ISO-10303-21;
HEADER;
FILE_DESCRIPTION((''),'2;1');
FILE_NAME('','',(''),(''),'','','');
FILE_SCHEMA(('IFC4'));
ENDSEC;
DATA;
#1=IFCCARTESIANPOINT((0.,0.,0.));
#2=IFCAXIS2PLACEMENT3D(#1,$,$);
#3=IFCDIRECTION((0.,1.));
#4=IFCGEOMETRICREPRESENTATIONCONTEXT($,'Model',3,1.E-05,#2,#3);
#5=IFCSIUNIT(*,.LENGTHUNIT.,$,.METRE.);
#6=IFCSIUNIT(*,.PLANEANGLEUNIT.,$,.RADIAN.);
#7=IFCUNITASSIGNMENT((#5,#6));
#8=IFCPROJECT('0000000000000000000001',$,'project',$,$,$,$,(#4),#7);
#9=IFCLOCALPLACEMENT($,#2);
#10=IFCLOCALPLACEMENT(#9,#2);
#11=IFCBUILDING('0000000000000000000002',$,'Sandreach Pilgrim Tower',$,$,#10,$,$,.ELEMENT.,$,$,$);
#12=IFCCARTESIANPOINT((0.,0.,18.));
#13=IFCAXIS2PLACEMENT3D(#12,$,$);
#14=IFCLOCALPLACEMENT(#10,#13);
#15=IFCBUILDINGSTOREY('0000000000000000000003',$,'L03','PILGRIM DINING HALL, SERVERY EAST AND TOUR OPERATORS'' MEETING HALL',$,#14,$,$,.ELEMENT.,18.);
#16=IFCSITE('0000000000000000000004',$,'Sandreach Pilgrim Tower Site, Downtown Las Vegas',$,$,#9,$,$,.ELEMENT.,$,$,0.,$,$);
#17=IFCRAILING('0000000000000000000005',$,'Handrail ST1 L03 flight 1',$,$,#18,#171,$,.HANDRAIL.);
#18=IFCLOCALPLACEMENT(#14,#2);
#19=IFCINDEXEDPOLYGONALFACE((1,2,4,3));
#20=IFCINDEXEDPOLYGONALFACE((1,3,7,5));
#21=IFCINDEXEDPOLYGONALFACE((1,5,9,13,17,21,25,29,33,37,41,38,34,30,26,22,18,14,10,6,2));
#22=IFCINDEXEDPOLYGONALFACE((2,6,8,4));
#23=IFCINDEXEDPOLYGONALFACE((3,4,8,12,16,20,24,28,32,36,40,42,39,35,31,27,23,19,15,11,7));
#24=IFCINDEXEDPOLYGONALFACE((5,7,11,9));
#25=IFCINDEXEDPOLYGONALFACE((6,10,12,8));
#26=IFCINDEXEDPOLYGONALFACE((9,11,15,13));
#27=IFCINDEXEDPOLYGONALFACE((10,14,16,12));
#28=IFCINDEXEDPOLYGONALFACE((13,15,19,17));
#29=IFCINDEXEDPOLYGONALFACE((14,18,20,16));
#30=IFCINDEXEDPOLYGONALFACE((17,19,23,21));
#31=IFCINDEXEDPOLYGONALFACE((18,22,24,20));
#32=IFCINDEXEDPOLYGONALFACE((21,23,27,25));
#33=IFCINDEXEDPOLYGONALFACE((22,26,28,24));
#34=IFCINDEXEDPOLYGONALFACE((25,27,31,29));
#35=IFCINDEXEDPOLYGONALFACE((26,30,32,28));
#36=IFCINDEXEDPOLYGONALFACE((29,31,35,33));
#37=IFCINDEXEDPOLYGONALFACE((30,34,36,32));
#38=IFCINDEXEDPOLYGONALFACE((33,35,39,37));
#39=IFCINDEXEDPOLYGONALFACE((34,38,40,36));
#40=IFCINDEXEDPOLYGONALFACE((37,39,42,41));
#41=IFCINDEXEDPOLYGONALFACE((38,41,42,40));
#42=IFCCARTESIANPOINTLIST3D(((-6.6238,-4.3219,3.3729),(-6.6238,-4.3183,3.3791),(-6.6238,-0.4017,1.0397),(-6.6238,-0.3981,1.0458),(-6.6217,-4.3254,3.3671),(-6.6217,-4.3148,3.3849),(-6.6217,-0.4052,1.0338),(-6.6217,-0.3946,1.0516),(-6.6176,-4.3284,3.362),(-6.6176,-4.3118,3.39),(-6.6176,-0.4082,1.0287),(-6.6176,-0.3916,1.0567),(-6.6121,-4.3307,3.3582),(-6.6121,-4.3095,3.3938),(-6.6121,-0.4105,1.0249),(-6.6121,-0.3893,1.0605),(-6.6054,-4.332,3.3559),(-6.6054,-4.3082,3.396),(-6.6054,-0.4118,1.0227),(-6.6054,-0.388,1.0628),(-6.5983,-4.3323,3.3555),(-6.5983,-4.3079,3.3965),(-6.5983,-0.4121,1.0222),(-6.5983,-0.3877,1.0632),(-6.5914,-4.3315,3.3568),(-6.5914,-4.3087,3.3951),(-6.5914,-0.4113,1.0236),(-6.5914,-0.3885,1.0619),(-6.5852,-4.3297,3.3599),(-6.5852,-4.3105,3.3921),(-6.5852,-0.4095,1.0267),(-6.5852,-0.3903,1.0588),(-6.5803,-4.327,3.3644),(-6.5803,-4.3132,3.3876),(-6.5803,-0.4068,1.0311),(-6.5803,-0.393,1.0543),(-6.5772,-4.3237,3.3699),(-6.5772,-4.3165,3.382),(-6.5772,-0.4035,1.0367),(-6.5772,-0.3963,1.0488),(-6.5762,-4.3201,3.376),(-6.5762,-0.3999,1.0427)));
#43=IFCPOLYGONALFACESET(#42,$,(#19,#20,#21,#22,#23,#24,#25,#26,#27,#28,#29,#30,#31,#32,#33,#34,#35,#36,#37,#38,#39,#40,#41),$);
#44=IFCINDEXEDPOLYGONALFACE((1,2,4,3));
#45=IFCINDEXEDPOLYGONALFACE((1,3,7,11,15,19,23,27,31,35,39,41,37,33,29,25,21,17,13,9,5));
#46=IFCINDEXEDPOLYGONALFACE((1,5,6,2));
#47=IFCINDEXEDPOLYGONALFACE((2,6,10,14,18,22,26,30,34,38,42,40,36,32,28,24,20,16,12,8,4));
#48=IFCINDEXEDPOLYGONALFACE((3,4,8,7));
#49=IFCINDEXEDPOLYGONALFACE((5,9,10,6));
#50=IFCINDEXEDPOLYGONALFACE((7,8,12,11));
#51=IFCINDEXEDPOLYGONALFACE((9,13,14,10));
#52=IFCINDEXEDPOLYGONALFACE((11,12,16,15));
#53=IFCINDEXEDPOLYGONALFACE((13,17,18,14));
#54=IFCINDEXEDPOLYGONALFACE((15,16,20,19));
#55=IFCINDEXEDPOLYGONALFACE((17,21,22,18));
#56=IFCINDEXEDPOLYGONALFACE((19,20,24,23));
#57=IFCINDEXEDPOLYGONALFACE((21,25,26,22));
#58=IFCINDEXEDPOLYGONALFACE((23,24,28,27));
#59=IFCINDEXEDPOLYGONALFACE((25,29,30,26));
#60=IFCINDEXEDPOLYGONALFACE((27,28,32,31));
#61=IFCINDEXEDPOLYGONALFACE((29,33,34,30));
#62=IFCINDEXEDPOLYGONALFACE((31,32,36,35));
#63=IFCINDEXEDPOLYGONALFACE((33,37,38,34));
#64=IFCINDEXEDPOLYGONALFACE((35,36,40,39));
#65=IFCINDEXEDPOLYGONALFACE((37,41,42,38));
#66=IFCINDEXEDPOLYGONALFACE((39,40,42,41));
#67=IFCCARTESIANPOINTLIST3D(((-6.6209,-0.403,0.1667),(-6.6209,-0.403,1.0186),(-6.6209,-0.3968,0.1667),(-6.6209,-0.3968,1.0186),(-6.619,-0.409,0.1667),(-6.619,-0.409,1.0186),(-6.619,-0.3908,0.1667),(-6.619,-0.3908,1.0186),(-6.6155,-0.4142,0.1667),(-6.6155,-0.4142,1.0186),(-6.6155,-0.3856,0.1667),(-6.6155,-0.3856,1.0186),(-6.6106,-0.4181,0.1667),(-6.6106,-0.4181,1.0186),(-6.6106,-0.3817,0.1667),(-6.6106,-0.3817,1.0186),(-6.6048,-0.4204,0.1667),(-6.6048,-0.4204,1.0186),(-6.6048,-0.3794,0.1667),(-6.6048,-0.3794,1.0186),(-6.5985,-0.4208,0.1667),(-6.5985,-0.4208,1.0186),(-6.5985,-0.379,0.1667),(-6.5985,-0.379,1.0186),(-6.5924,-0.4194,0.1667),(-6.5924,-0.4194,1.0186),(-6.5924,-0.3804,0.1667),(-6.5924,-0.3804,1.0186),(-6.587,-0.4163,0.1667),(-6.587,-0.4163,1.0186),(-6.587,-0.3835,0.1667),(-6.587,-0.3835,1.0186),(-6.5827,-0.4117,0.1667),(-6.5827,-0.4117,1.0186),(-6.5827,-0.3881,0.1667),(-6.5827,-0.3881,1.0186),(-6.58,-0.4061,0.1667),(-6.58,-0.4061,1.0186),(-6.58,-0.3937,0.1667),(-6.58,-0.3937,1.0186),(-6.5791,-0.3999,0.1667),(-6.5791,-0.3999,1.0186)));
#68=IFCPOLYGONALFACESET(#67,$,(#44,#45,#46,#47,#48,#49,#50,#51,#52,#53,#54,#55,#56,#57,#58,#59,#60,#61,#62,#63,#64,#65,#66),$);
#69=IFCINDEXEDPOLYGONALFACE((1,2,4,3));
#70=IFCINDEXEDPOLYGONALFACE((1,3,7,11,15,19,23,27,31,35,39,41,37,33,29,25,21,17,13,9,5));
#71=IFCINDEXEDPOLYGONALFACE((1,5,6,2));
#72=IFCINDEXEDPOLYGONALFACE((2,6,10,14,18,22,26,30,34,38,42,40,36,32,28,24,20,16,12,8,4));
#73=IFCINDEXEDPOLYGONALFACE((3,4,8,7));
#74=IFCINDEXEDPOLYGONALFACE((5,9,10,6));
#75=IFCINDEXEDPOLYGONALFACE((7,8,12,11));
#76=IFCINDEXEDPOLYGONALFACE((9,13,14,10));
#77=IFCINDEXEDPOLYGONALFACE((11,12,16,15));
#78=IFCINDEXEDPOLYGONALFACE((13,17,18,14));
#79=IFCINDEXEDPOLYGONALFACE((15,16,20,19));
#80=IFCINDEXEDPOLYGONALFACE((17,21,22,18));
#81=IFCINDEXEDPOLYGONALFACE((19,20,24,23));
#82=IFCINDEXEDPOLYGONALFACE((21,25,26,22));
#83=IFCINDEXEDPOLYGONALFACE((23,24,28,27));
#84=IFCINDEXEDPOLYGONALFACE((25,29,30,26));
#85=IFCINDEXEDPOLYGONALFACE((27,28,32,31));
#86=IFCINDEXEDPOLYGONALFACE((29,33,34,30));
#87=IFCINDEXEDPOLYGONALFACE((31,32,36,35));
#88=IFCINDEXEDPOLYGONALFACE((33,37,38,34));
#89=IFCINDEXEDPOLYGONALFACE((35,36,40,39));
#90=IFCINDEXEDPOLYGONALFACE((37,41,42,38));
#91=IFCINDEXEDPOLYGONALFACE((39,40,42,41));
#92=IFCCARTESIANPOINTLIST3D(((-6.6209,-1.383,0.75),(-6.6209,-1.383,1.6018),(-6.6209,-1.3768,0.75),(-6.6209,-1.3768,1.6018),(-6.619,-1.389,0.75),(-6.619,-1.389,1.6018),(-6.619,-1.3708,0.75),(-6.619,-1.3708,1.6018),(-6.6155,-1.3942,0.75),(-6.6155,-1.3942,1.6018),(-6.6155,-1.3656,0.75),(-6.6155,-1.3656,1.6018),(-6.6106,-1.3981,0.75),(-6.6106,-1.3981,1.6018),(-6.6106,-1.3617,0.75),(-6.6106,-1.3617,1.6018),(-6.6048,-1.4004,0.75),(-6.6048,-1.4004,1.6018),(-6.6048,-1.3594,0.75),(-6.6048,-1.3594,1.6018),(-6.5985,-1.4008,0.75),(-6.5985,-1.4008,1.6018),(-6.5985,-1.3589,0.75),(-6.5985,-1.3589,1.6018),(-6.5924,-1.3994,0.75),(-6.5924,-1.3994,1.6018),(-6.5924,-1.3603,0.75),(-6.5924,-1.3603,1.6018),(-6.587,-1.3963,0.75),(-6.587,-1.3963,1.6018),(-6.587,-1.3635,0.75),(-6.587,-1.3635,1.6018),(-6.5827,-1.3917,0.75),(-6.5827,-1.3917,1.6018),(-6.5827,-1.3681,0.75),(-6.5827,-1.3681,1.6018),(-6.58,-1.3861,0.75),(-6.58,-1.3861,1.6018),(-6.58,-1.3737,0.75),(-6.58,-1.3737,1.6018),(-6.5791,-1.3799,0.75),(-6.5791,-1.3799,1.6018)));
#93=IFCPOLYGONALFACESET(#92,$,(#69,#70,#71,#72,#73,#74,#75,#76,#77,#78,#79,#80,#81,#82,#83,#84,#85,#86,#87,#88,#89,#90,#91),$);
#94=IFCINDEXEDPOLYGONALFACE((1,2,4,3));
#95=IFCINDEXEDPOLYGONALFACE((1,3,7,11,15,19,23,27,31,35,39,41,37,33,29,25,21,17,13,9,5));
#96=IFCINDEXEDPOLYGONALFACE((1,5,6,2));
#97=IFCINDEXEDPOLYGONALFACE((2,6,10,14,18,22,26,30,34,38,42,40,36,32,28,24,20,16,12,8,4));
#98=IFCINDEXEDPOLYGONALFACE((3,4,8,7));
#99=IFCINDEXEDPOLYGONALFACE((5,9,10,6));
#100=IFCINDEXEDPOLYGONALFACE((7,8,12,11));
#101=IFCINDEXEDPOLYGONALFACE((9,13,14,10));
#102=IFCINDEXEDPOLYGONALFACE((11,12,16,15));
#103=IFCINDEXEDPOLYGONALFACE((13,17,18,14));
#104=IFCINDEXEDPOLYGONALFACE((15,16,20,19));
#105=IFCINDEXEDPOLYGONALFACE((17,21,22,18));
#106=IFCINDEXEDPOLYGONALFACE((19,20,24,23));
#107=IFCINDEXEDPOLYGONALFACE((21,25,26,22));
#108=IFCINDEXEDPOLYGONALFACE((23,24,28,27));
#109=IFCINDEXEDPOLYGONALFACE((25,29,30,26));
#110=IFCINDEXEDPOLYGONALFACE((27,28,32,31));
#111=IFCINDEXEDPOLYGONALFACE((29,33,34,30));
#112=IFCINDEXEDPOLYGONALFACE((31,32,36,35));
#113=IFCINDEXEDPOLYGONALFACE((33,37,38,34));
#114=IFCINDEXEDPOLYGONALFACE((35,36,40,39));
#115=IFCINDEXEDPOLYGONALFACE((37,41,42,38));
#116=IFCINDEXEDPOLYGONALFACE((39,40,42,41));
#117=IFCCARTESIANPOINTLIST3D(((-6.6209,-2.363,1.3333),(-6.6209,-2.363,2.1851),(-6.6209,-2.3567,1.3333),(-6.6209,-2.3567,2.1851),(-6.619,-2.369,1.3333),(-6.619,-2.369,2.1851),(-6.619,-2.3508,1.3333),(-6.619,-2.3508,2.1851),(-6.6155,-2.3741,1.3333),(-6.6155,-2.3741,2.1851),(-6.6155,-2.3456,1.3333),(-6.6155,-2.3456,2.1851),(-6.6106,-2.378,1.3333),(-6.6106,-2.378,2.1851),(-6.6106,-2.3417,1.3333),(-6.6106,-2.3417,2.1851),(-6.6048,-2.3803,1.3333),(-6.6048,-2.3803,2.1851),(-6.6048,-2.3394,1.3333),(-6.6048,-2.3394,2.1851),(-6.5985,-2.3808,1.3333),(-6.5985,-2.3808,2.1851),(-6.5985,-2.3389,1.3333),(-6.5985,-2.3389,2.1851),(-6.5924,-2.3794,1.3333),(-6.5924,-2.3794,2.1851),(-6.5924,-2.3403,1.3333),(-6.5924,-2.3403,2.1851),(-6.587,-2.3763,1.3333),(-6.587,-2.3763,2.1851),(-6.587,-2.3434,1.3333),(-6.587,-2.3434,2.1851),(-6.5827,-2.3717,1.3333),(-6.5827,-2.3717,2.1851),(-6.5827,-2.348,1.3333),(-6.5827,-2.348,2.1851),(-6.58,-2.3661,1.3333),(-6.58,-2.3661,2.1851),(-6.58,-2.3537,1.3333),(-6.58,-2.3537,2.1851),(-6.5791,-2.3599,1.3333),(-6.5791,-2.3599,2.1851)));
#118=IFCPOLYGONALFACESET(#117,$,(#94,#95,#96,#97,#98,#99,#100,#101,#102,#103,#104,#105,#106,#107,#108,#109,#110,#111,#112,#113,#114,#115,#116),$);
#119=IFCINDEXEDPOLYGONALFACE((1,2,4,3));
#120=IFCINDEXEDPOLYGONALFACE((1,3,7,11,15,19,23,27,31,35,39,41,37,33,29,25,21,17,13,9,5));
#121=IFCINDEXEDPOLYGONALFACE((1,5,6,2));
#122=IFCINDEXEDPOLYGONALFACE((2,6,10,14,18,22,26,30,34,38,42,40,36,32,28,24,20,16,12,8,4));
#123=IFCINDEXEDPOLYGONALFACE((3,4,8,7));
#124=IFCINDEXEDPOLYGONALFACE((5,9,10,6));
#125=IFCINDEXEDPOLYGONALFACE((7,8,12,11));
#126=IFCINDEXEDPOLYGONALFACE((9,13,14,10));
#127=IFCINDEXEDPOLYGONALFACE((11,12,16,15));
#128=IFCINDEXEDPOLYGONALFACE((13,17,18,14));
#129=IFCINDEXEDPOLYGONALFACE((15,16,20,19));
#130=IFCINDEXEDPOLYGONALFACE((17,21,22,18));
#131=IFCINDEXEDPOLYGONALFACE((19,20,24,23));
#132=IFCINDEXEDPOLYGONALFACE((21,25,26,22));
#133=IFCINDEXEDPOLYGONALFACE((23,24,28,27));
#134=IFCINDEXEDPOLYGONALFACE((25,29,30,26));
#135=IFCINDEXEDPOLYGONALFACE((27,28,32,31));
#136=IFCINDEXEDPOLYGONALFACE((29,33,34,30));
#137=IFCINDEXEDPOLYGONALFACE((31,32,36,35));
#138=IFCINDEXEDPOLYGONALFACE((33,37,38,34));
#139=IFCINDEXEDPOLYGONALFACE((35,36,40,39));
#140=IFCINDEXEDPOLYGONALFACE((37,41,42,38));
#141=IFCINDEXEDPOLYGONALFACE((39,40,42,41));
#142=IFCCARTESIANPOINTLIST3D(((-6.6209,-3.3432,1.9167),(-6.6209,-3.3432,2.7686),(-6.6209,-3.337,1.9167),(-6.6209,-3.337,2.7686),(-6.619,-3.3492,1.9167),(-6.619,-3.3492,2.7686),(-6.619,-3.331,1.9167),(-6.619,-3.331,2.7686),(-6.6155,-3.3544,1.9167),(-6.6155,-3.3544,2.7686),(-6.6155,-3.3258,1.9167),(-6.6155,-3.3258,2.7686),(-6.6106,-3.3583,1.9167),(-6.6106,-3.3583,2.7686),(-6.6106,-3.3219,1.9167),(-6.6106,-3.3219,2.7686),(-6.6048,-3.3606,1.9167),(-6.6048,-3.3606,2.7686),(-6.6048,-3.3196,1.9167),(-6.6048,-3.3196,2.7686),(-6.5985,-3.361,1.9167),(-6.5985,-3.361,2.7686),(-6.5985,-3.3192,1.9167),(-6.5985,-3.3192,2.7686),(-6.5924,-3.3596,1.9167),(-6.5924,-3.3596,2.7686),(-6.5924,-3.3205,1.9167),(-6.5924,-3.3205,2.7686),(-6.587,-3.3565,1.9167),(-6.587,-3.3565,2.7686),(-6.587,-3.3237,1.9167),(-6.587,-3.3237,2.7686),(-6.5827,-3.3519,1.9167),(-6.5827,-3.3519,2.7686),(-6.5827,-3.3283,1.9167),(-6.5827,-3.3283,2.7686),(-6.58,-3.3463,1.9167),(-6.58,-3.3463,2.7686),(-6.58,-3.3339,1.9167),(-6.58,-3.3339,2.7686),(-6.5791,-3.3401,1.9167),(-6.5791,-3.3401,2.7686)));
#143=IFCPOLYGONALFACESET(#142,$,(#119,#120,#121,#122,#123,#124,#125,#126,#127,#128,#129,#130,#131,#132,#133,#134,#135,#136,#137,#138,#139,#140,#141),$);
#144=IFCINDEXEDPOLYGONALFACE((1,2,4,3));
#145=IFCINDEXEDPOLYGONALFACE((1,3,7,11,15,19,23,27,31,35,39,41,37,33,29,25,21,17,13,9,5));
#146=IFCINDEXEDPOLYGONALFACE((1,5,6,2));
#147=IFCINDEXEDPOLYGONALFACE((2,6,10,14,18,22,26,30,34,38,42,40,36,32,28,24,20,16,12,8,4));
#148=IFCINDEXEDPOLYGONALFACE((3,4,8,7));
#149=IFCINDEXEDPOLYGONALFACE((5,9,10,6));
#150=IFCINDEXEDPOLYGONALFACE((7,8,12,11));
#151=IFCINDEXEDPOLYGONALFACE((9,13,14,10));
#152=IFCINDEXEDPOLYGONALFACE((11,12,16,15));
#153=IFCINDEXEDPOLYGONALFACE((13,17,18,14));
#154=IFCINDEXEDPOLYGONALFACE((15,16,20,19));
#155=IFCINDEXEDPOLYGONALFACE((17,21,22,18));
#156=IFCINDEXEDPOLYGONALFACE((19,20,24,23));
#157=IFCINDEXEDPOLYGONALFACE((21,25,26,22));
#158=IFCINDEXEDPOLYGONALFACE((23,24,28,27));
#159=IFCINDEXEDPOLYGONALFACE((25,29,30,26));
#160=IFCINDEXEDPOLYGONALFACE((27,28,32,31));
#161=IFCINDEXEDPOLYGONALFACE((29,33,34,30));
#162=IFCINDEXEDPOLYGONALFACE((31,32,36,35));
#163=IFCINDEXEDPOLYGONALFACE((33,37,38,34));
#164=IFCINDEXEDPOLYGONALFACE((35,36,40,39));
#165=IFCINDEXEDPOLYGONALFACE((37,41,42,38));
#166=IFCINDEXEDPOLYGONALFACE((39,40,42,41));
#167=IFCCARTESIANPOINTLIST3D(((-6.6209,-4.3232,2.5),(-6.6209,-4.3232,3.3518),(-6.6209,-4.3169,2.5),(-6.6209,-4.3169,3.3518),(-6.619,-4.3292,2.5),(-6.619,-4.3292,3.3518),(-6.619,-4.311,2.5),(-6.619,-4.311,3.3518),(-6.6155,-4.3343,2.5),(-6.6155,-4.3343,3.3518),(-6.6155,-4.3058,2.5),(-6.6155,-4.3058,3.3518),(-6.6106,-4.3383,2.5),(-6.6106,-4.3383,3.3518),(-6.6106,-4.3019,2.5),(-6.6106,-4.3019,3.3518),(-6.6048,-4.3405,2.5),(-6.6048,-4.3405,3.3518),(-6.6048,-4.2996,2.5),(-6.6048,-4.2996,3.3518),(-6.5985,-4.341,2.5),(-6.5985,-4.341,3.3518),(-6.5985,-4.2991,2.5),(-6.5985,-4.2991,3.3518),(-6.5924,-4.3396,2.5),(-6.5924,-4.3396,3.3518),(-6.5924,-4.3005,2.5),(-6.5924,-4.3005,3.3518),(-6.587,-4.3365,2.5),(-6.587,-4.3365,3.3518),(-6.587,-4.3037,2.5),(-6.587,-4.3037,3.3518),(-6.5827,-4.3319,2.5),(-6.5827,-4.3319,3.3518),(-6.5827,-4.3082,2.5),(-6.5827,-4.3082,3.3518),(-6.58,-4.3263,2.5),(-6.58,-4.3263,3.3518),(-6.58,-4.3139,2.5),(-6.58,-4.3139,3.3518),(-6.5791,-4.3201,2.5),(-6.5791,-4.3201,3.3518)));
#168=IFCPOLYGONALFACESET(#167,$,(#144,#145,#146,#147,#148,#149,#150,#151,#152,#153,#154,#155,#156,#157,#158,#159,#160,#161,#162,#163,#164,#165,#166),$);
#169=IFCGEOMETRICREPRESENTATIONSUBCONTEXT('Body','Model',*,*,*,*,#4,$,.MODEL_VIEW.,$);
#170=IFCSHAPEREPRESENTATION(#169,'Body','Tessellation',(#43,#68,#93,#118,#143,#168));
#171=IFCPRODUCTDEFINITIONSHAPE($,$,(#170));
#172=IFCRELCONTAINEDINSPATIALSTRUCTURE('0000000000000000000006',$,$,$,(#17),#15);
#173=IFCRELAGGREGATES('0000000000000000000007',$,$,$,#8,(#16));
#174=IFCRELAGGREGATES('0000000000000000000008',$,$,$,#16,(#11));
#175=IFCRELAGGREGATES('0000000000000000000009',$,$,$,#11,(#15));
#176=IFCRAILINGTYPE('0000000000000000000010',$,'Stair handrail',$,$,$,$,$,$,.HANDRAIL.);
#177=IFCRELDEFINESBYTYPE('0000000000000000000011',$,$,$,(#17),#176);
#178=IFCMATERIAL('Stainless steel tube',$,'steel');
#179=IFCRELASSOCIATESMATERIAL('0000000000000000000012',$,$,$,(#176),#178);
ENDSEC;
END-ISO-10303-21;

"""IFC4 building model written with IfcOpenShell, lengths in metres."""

from ifc_helpers import new_model, si_unit, direction, frame, origin, origin_2d, place, context, subcontext, project, spatial, circle, extrude, material, type_object, element, save


model = new_model("IFC4")

# Units and contexts
model_context = context("Model", 3, precision=1e-05, world=origin(), true_north=direction((0.0, 1.0)))
body_context = subcontext(model_context, "Body", "Model", "MODEL_VIEW")
ifc_project = project(units=[si_unit("LENGTHUNIT", "METRE"), si_unit("PLANEANGLEUNIT", "RADIAN")], contexts=[model_context])

# Site, building, storey
site_placement = place(None, origin())
site = spatial("IfcSite", under=ifc_project, at=site_placement, Name="Sandreach Pilgrim Tower Site, Downtown Las Vegas", CompositionType="ELEMENT", RefElevation=0.0)
building_placement = place(site_placement, origin())
building = spatial("IfcBuilding", under=site, at=building_placement, Name="Sandreach Pilgrim Tower", CompositionType="ELEMENT")
storey_placement = place(building_placement, frame((0.0, 0.0, 18.0)))
storey = spatial("IfcBuildingStorey", under=building, at=storey_placement, Name="L03", Description="PILGRIM DINING HALL, SERVERY EAST AND TOUR OPERATORS' MEETING HALL", CompositionType="ELEMENT", Elevation=18.0)

# Railing
ifc_material_1 = material(Name="Stainless steel tube", Category="steel")
railing_type = type_object("IfcRailingType", Name="Stair handrail", PredefinedType="HANDRAIL", material=ifc_material_1)
for number, where, name in (
    (1, (-6.6001, -0.3999, 0.1667), "Handrail ST1 L03 flight 1"),
):
    element("IfcRailing", number, at=place(storey_placement, frame(where)), inside=storey, type_object=railing_type, Name=name, PredefinedType="HANDRAIL", context=body_context, shape_type="SweptSolid", body=[
        extrude(circle(Radius=0.0239, at=origin_2d()), frame((0.0, 0.0, 0.876), z_axis=(0.0, -0.85931, 0.511455), x_axis=(1.0, 0.0, 0.0)), (0.0, 0.0, 1.0), 4.562),
        extrude(circle(Radius=0.021, at=origin_2d()), origin(), (0.0, 0.0, 1.0), 0.8518),
        extrude(circle(Radius=0.021, at=origin_2d()), frame((0.0, -0.98, 0.5833)), (0.0, 0.0, 1.0), 0.8518),
        extrude(circle(Radius=0.021, at=origin_2d()), frame((0.0, -1.96, 1.1665)), (0.0, 0.0, 1.0), 0.8518),
        extrude(circle(Radius=0.021, at=origin_2d()), frame((0.0, -2.9402, 1.75)), (0.0, 0.0, 1.0), 0.8518),
        extrude(circle(Radius=0.021, at=origin_2d()), frame((0.0, -3.9202, 2.3333)), (0.0, 0.0, 1.0), 0.8518),
    ])

save(model, "model.ifc")
